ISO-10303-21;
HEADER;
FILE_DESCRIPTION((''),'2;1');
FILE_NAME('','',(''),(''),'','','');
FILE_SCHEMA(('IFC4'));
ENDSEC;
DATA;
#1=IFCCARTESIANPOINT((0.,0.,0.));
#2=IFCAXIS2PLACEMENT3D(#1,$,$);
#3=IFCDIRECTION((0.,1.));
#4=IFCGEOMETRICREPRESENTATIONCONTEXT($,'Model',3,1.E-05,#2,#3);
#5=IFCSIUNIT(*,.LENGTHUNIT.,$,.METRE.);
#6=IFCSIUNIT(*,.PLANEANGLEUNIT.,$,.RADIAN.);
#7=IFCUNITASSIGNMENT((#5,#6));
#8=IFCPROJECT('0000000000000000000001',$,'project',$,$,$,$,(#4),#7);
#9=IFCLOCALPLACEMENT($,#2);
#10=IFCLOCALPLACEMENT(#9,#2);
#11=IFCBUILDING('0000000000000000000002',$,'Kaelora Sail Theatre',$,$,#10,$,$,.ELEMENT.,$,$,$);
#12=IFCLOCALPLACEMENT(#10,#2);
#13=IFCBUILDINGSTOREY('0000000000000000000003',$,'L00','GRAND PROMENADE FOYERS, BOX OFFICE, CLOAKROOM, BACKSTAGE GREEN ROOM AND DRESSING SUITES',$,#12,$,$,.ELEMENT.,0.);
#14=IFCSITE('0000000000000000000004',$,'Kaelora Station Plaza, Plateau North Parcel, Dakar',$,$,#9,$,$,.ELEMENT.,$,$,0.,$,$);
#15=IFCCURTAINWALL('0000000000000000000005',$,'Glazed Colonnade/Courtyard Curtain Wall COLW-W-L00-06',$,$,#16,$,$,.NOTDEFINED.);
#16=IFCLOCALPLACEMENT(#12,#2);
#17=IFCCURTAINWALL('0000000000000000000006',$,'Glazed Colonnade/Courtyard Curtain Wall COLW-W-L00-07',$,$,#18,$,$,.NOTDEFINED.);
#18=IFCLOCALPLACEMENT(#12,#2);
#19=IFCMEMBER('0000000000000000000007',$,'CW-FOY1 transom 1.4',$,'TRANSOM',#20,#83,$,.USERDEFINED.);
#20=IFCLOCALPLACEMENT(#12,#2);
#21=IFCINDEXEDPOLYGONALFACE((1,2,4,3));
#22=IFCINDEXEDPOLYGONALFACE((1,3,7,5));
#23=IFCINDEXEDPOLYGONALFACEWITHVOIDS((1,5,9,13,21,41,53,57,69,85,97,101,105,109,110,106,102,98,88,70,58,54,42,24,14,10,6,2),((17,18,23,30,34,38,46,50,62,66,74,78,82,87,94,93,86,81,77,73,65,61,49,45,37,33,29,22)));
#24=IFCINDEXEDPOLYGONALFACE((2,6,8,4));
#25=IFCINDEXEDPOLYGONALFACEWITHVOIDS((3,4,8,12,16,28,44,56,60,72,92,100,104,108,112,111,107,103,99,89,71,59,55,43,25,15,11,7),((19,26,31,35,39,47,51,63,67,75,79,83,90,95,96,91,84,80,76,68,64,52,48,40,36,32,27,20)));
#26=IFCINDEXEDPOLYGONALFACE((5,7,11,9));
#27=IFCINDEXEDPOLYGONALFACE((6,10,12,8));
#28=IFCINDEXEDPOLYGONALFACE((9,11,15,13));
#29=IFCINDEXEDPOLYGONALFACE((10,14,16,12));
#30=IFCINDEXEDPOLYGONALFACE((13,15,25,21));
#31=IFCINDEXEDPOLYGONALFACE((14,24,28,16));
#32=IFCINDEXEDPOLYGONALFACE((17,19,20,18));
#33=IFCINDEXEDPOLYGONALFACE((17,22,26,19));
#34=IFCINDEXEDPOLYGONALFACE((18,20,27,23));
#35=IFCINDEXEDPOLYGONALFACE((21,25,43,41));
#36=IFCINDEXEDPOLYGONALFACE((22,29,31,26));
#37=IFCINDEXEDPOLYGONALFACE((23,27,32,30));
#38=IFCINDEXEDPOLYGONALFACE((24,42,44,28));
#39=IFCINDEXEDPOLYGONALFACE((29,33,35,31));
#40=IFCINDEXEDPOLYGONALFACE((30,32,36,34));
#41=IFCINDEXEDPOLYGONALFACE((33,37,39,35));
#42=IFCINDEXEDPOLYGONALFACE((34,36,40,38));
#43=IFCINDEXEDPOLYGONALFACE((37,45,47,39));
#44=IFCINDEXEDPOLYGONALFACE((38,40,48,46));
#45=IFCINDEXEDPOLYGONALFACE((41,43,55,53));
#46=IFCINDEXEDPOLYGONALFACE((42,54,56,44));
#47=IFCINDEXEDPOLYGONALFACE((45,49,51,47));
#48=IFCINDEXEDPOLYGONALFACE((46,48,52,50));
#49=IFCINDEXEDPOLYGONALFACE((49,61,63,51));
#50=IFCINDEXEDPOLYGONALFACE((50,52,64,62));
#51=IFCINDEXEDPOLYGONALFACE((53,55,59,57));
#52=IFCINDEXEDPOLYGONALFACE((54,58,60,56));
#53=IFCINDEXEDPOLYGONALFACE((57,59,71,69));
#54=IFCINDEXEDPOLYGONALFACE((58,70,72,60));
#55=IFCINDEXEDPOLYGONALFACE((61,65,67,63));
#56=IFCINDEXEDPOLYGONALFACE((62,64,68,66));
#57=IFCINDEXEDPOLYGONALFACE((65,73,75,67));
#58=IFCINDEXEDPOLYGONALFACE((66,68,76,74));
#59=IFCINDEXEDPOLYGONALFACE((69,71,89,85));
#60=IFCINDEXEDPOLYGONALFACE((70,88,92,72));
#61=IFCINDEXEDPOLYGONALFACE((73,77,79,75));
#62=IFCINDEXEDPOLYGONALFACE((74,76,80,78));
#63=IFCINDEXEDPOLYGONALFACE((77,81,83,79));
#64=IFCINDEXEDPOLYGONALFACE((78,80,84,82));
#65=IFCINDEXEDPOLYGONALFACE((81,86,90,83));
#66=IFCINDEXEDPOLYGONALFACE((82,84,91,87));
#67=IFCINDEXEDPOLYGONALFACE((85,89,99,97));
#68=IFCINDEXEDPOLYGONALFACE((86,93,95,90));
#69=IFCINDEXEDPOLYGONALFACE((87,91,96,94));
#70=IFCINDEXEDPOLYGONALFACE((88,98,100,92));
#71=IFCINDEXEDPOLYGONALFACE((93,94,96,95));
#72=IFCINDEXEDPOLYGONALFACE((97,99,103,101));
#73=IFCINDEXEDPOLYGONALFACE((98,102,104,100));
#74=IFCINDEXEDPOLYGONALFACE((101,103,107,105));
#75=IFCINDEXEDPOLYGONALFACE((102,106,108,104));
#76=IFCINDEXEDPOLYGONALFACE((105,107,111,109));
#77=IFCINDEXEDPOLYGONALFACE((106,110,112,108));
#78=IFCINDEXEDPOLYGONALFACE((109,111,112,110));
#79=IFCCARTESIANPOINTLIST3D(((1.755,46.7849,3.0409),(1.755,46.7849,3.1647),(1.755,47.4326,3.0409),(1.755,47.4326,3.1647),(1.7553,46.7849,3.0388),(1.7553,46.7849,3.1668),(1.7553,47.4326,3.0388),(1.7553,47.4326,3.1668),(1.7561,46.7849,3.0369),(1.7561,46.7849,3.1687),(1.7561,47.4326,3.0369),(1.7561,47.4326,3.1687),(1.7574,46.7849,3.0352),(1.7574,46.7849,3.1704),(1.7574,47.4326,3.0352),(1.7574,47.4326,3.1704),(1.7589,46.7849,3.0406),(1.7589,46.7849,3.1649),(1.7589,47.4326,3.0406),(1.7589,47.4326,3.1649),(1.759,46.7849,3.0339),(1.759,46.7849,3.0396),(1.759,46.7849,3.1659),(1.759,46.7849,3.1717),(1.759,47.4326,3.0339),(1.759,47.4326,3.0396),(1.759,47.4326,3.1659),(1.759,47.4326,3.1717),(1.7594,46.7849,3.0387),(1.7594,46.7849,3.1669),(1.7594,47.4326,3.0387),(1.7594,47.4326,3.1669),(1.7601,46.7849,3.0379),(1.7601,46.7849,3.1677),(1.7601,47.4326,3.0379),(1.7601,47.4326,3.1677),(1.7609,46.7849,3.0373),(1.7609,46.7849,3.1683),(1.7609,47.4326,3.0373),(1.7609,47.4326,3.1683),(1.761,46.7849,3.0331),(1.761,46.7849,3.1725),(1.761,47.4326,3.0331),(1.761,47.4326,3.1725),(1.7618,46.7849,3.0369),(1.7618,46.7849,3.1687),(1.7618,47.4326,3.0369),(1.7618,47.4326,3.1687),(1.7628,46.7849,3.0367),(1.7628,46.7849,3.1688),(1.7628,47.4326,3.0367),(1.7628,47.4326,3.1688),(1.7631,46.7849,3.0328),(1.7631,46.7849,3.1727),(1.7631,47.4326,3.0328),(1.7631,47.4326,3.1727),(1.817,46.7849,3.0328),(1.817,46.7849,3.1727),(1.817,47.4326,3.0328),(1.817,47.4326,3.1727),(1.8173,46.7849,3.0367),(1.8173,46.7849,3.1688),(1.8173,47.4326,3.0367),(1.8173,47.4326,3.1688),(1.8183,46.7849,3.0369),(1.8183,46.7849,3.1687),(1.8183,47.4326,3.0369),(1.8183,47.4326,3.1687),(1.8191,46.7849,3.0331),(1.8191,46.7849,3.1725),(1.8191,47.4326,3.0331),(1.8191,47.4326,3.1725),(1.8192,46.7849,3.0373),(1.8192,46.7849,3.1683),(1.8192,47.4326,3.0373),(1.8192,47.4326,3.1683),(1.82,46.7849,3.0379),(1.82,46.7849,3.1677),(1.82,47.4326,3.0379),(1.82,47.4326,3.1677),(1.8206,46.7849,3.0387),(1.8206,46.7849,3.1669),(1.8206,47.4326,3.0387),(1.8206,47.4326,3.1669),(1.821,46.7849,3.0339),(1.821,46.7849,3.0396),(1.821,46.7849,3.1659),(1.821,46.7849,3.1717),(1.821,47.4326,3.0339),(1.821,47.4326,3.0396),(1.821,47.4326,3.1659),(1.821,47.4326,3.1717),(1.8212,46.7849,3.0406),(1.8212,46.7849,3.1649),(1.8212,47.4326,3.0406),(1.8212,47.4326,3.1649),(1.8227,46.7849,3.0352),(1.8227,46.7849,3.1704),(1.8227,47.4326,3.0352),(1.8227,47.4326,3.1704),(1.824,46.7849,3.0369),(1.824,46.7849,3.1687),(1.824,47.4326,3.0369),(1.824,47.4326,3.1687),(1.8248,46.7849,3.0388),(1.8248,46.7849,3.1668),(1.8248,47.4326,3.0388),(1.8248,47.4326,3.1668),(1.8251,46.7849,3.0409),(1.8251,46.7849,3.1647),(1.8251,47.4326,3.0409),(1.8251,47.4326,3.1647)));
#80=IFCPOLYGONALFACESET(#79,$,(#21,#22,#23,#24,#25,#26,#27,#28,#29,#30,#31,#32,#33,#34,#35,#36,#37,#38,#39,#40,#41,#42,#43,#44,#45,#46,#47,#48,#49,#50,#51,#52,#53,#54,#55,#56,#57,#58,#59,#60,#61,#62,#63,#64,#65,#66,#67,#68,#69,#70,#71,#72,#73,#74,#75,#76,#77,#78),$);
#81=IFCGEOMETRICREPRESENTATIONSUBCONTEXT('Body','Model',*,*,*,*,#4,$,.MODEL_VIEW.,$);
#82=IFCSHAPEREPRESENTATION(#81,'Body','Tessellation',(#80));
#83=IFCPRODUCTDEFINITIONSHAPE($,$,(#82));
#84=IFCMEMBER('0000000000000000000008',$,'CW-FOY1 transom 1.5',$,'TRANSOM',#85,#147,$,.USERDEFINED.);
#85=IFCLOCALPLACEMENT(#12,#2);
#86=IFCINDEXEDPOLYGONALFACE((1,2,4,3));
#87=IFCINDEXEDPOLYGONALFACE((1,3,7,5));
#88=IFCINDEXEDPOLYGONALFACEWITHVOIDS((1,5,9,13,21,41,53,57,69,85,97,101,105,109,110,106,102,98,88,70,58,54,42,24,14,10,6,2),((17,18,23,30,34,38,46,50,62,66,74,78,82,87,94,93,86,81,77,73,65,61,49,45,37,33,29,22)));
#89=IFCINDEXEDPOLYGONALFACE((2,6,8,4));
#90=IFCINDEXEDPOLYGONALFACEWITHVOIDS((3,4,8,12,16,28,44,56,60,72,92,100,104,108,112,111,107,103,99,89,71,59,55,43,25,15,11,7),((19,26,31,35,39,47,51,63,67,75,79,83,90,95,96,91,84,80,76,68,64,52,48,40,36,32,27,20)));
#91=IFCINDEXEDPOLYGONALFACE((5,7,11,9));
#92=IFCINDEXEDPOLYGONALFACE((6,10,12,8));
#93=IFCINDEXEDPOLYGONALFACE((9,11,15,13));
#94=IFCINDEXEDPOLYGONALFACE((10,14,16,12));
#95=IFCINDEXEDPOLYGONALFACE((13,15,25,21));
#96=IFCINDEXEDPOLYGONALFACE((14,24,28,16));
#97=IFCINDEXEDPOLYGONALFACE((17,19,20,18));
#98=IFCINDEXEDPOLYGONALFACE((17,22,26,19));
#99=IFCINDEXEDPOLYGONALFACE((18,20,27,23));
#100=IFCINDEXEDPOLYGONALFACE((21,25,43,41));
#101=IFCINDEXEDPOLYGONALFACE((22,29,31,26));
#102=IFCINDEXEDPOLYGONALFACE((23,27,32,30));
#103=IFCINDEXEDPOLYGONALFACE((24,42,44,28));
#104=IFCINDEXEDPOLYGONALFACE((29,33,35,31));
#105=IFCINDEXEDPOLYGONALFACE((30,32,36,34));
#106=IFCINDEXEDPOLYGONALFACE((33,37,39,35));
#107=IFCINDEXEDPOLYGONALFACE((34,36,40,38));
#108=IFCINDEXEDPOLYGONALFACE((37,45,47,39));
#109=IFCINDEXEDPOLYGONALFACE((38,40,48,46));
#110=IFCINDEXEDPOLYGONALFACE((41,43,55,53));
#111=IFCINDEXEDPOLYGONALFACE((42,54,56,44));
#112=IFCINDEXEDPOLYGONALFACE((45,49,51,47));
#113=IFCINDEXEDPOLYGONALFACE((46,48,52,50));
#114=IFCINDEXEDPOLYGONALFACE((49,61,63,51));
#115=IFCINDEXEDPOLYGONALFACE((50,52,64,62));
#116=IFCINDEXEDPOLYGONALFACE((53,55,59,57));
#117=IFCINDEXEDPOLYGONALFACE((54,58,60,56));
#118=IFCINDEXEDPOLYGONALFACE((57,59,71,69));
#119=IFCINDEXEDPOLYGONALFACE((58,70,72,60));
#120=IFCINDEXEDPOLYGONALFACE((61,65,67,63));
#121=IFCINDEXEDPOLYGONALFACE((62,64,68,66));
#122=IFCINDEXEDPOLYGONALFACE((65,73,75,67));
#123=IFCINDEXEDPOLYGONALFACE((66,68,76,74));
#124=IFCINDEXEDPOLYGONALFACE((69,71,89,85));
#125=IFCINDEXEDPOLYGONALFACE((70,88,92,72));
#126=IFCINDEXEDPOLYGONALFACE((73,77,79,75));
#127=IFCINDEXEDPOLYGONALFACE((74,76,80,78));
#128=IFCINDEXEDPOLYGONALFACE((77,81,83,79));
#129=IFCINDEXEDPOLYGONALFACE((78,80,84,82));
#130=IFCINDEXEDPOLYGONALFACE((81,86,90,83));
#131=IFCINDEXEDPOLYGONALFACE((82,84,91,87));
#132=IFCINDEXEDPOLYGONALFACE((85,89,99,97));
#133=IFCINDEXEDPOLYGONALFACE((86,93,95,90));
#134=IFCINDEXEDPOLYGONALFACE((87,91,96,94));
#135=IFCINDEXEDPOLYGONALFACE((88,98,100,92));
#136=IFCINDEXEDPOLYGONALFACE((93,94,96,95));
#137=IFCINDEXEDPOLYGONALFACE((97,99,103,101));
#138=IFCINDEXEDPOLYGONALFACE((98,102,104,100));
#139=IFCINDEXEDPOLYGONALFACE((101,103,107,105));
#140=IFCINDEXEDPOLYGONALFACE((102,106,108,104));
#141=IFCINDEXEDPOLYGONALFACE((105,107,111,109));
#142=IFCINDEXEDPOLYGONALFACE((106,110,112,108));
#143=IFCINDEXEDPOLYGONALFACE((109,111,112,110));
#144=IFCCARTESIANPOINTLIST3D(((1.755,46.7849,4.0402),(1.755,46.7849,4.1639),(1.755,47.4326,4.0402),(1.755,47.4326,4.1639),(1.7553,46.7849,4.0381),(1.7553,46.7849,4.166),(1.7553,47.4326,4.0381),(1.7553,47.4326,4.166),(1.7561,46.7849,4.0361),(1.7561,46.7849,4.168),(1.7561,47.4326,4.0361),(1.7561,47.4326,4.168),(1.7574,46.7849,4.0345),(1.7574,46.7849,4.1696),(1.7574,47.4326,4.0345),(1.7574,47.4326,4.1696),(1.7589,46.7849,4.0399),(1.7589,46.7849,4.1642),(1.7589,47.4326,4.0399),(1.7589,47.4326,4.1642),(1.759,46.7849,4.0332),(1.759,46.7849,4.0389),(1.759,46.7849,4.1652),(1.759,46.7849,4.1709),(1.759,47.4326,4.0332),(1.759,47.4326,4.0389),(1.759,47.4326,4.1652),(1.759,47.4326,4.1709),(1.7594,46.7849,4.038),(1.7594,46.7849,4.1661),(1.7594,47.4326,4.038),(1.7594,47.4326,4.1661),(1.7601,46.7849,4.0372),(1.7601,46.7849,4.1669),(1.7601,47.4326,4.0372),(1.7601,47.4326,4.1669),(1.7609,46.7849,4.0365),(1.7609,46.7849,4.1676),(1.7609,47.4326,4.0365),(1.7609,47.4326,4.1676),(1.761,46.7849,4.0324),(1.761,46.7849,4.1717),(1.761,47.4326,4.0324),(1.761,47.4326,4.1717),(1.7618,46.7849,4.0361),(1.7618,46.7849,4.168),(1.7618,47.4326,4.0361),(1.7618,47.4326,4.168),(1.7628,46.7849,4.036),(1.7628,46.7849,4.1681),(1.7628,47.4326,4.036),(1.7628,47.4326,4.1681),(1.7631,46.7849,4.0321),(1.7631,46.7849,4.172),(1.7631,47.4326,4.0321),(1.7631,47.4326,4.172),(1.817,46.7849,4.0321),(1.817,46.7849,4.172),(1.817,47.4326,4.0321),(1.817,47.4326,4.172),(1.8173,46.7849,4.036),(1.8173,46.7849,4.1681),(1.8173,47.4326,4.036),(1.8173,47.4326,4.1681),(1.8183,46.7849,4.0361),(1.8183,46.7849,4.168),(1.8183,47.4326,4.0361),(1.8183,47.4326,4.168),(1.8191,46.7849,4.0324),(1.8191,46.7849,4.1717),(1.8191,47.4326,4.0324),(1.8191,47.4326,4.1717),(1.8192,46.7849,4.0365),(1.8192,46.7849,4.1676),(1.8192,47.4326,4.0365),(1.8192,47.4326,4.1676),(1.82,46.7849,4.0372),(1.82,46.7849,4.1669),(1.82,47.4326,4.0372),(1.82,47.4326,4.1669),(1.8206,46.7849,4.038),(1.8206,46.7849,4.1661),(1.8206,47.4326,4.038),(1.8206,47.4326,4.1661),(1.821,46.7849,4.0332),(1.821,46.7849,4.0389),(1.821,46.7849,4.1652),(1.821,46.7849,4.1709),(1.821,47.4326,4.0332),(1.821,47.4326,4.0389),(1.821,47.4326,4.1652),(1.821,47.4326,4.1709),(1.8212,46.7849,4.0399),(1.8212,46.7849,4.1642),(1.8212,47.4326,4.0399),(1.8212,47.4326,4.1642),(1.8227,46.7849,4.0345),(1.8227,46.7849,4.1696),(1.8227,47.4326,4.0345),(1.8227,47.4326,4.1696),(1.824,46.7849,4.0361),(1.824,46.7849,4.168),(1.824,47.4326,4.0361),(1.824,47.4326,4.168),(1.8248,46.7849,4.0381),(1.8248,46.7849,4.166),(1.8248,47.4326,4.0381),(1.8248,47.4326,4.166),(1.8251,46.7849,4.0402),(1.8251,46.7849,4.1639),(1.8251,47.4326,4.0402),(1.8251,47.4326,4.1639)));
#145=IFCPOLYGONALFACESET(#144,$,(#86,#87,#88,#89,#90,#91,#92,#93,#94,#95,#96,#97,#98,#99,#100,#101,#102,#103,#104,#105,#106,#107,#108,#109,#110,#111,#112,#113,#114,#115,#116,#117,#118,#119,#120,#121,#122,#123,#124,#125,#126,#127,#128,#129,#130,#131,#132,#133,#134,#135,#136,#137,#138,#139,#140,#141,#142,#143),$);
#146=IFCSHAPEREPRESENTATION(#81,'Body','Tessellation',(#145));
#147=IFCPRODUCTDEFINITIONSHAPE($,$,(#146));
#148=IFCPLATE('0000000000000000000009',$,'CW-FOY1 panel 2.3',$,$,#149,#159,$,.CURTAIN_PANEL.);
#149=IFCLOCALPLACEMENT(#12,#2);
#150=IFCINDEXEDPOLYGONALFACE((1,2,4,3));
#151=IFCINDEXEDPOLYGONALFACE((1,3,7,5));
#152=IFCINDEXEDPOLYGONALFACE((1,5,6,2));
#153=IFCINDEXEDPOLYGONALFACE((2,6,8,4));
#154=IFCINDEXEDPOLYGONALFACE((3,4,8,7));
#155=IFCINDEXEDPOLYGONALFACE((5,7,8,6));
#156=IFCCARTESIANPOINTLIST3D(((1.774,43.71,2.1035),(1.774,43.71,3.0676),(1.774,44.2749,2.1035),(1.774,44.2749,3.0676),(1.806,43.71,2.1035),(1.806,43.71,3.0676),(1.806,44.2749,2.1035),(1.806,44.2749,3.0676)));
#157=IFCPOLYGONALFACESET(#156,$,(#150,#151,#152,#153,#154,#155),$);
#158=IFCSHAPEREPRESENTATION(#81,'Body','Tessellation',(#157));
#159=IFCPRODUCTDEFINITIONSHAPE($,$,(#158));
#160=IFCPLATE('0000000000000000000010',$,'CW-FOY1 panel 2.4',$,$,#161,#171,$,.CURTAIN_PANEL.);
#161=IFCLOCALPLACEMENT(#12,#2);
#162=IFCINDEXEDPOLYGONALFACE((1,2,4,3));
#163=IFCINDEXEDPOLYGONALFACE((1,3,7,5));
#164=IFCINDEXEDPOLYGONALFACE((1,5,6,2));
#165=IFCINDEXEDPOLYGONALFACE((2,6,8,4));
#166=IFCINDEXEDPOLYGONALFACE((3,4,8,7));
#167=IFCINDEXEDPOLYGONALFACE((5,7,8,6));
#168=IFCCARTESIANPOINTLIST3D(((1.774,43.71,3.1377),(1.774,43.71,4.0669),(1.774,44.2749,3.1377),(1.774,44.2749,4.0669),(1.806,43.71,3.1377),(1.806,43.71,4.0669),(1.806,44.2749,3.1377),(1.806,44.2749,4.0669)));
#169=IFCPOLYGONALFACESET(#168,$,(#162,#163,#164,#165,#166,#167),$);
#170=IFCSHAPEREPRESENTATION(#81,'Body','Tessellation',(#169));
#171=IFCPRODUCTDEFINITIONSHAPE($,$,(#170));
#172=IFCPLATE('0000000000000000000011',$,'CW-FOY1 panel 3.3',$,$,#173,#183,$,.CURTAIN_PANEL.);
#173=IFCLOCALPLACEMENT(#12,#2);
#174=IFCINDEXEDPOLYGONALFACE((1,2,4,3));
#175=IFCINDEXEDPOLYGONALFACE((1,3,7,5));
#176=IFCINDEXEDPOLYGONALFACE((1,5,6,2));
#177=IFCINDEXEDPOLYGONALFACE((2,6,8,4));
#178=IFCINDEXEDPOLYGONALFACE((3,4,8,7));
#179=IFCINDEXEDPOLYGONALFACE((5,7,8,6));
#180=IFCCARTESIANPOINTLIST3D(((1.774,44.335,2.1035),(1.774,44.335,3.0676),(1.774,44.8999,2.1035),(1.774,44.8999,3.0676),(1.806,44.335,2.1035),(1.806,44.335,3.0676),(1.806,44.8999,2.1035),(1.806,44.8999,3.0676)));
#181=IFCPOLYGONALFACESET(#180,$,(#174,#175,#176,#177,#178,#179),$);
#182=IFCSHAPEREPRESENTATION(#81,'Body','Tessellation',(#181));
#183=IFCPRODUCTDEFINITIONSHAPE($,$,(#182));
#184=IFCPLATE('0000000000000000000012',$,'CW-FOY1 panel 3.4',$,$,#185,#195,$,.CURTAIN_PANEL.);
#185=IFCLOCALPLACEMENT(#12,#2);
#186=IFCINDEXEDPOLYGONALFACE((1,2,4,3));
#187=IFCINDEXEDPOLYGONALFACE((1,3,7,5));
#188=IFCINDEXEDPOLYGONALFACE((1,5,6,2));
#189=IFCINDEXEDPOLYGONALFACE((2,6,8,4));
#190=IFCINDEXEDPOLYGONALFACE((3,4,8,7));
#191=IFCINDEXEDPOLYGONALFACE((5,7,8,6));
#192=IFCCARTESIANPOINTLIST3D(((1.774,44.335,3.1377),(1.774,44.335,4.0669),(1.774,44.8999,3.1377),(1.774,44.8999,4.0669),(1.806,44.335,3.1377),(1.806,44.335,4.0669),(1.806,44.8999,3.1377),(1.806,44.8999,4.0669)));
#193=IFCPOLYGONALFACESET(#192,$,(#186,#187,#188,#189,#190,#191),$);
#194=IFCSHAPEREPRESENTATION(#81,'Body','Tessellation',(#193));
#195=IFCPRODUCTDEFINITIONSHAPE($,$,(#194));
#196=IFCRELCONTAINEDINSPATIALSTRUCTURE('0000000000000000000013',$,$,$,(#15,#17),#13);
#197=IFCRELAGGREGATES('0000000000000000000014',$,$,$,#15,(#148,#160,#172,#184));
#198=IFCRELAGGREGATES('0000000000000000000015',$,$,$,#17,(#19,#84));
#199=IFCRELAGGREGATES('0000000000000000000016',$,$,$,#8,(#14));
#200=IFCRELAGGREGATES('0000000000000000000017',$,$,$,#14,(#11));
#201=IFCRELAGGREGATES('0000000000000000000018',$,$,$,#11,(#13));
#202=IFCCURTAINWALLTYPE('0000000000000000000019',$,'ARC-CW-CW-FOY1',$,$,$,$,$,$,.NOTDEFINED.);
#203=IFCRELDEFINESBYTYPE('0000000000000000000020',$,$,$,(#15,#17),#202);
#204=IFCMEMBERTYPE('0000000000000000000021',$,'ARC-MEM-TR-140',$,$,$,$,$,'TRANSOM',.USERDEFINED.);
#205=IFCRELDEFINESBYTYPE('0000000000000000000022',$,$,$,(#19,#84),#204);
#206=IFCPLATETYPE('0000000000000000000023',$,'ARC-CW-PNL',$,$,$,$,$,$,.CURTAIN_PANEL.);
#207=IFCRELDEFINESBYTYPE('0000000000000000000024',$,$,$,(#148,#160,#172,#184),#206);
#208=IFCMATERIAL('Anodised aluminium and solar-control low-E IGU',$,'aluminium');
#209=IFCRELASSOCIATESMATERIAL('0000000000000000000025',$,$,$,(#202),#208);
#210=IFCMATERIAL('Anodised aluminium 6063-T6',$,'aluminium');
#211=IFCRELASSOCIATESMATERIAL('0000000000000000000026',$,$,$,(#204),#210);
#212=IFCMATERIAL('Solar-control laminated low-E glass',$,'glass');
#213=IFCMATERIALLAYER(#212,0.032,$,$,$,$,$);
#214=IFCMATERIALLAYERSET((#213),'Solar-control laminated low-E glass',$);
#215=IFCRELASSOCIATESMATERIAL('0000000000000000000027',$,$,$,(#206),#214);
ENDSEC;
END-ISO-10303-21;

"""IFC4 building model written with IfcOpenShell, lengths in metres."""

from ifc_helpers import new_model, si_unit, direction, frame, origin, origin_2d, place, context, subcontext, project, spatial, rectangle, hollow_rectangle, extrude, material, layer, layer_set, material_profile, profile_set, type_object, element, aggregate, save


model = new_model("IFC4")

# Units and contexts
model_context = context("Model", 3, precision=1e-05, world=origin(), true_north=direction((0.0, 1.0)))
body_context = subcontext(model_context, "Body", "Model", "MODEL_VIEW")
ifc_project = project(units=[si_unit("LENGTHUNIT", "METRE"), si_unit("PLANEANGLEUNIT", "RADIAN")], contexts=[model_context])

# Site, building, storey
site_placement = place(None, origin())
site = spatial("IfcSite", under=ifc_project, at=site_placement, Name="Kaelora Station Plaza, Plateau North Parcel, Dakar", CompositionType="ELEMENT", RefElevation=0.0)
building_placement = place(site_placement, origin())
building = spatial("IfcBuilding", under=site, at=building_placement, Name="Kaelora Sail Theatre", CompositionType="ELEMENT")
storey_placement = place(building_placement, origin())
storey = spatial("IfcBuildingStorey", under=building, at=storey_placement, Name="L00", Description="GRAND PROMENADE FOYERS, BOX OFFICE, CLOAKROOM, BACKSTAGE GREEN ROOM AND DRESSING SUITES", CompositionType="ELEMENT", Elevation=0.0)

# Curtain walls, members
ifc_material_1 = material(Name="Anodised aluminium and solar-control low-E IGU", Category="aluminium")
curtain_wall_type = type_object("IfcCurtainWallType", Name="ARC-CW-CW-FOY1", PredefinedType="NOTDEFINED", material=ifc_material_1)
curtain_wall_1_placement = place(storey_placement, origin())
curtain_wall_1 = element("IfcCurtainWall", 1, at=curtain_wall_1_placement, inside=storey, type_object=curtain_wall_type, Name="Glazed Colonnade/Courtyard Curtain Wall COLW-W-L00-06", PredefinedType="NOTDEFINED")
ifc_material_2 = material(Name="Anodised aluminium 6063-T6", Category="aluminium")
ifc_material_profile = material_profile(ifc_material_2, hollow_rectangle(XDim=0.0701, YDim=0.1399, WallThickness=0.0039, InnerFilletRadius=0.0039, OuterFilletRadius=0.0081, at=origin_2d()), Name="ALU-TRAN 70x140x4")
ifc_profile_set = profile_set([ifc_material_profile], Name="Anodised aluminium 6063-T6")
member_type = type_object("IfcMemberType", Name="ARC-MEM-TR-140", ElementType="TRANSOM", PredefinedType="USERDEFINED", material=ifc_profile_set)
curtain_wall_2_placement = place(storey_placement, origin())
curtain_wall_2 = element("IfcCurtainWall", 2, at=curtain_wall_2_placement, inside=storey, type_object=curtain_wall_type, Name="Glazed Colonnade/Courtyard Curtain Wall COLW-W-L00-07", PredefinedType="NOTDEFINED")
member_1_placement = place(storey_placement, frame((1.79, 46.7849, 3.1028), z_axis=(0.0, 1.0, 0.0), x_axis=(-1.0, 0.0, 0.0)))
member_1 = element("IfcMember", 3, at=member_1_placement, type_object=member_type, Name="CW-FOY1 transom 1.4", ObjectType="TRANSOM", PredefinedType="USERDEFINED", context=body_context, shape_type="SweptSolid", body=[
    extrude(hollow_rectangle(XDim=0.0701, YDim=0.1399, WallThickness=0.0039, InnerFilletRadius=0.0039, OuterFilletRadius=0.0081, at=origin_2d()), origin(), (0.0, 0.0, 1.0), 0.6477),
])
member_2_placement = place(storey_placement, frame((1.79, 46.7849, 4.1021), z_axis=(0.0, 1.0, 0.0), x_axis=(-1.0, 0.0, 0.0)))
member_2 = element("IfcMember", 4, at=member_2_placement, type_object=member_type, Name="CW-FOY1 transom 1.5", ObjectType="TRANSOM", PredefinedType="USERDEFINED", context=body_context, shape_type="SweptSolid", body=[
    extrude(hollow_rectangle(XDim=0.0701, YDim=0.1399, WallThickness=0.0039, InnerFilletRadius=0.0039, OuterFilletRadius=0.0081, at=origin_2d()), origin(), (0.0, 0.0, 1.0), 0.6477),
])

# Plates
ifc_material_3 = material(Name="Solar-control laminated low-E glass", Category="glass")
ifc_layer = layer(ifc_material_3, 0.032)
ifc_layer_set = layer_set([ifc_layer], Name="Solar-control laminated low-E glass")
plate_type = type_object("IfcPlateType", Name="ARC-CW-PNL", PredefinedType="CURTAIN_PANEL", material=ifc_layer_set)
plate_1_placement = place(storey_placement, frame((1.79, 43.9924, 2.1035), z_axis=(0.0, 0.0, 1.0), x_axis=(0.0, 1.0, 0.0)))
plate_1 = element("IfcPlate", 5, at=plate_1_placement, type_object=plate_type, Name="CW-FOY1 panel 2.3", PredefinedType="CURTAIN_PANEL", context=body_context, shape_type="SweptSolid", body=[
    extrude(rectangle(XDim=0.5649, YDim=0.032, at=origin_2d()), origin(), (0.0, 0.0, 1.0), 0.9641),
])
plate_2_placement = place(storey_placement, frame((1.79, 43.9924, 3.1377), z_axis=(0.0, 0.0, 1.0), x_axis=(0.0, 1.0, 0.0)))
plate_2 = element("IfcPlate", 6, at=plate_2_placement, type_object=plate_type, Name="CW-FOY1 panel 2.4", PredefinedType="CURTAIN_PANEL", context=body_context, shape_type="SweptSolid", body=[
    extrude(rectangle(XDim=0.5649, YDim=0.032, at=origin_2d()), origin(), (0.0, 0.0, 1.0), 0.9292),
])
plate_3_placement = place(storey_placement, frame((1.79, 44.6174, 2.1035), z_axis=(0.0, 0.0, 1.0), x_axis=(0.0, 1.0, 0.0)))
plate_3 = element("IfcPlate", 7, at=plate_3_placement, type_object=plate_type, Name="CW-FOY1 panel 3.3", PredefinedType="CURTAIN_PANEL", context=body_context, shape_type="SweptSolid", body=[
    extrude(rectangle(XDim=0.5649, YDim=0.032, at=origin_2d()), origin(), (0.0, 0.0, 1.0), 0.9641),
])
plate_4_placement = place(storey_placement, frame((1.79, 44.6174, 3.1377), z_axis=(0.0, 0.0, 1.0), x_axis=(0.0, 1.0, 0.0)))
plate_4 = element("IfcPlate", 8, at=plate_4_placement, type_object=plate_type, Name="CW-FOY1 panel 3.4", PredefinedType="CURTAIN_PANEL", context=body_context, shape_type="SweptSolid", body=[
    extrude(rectangle(XDim=0.5649, YDim=0.032, at=origin_2d()), origin(), (0.0, 0.0, 1.0), 0.9292),
])
aggregate(curtain_wall_1, [plate_1, plate_2, plate_3, plate_4])
aggregate(curtain_wall_2, [member_1, member_2])

save(model, "model.ifc")
